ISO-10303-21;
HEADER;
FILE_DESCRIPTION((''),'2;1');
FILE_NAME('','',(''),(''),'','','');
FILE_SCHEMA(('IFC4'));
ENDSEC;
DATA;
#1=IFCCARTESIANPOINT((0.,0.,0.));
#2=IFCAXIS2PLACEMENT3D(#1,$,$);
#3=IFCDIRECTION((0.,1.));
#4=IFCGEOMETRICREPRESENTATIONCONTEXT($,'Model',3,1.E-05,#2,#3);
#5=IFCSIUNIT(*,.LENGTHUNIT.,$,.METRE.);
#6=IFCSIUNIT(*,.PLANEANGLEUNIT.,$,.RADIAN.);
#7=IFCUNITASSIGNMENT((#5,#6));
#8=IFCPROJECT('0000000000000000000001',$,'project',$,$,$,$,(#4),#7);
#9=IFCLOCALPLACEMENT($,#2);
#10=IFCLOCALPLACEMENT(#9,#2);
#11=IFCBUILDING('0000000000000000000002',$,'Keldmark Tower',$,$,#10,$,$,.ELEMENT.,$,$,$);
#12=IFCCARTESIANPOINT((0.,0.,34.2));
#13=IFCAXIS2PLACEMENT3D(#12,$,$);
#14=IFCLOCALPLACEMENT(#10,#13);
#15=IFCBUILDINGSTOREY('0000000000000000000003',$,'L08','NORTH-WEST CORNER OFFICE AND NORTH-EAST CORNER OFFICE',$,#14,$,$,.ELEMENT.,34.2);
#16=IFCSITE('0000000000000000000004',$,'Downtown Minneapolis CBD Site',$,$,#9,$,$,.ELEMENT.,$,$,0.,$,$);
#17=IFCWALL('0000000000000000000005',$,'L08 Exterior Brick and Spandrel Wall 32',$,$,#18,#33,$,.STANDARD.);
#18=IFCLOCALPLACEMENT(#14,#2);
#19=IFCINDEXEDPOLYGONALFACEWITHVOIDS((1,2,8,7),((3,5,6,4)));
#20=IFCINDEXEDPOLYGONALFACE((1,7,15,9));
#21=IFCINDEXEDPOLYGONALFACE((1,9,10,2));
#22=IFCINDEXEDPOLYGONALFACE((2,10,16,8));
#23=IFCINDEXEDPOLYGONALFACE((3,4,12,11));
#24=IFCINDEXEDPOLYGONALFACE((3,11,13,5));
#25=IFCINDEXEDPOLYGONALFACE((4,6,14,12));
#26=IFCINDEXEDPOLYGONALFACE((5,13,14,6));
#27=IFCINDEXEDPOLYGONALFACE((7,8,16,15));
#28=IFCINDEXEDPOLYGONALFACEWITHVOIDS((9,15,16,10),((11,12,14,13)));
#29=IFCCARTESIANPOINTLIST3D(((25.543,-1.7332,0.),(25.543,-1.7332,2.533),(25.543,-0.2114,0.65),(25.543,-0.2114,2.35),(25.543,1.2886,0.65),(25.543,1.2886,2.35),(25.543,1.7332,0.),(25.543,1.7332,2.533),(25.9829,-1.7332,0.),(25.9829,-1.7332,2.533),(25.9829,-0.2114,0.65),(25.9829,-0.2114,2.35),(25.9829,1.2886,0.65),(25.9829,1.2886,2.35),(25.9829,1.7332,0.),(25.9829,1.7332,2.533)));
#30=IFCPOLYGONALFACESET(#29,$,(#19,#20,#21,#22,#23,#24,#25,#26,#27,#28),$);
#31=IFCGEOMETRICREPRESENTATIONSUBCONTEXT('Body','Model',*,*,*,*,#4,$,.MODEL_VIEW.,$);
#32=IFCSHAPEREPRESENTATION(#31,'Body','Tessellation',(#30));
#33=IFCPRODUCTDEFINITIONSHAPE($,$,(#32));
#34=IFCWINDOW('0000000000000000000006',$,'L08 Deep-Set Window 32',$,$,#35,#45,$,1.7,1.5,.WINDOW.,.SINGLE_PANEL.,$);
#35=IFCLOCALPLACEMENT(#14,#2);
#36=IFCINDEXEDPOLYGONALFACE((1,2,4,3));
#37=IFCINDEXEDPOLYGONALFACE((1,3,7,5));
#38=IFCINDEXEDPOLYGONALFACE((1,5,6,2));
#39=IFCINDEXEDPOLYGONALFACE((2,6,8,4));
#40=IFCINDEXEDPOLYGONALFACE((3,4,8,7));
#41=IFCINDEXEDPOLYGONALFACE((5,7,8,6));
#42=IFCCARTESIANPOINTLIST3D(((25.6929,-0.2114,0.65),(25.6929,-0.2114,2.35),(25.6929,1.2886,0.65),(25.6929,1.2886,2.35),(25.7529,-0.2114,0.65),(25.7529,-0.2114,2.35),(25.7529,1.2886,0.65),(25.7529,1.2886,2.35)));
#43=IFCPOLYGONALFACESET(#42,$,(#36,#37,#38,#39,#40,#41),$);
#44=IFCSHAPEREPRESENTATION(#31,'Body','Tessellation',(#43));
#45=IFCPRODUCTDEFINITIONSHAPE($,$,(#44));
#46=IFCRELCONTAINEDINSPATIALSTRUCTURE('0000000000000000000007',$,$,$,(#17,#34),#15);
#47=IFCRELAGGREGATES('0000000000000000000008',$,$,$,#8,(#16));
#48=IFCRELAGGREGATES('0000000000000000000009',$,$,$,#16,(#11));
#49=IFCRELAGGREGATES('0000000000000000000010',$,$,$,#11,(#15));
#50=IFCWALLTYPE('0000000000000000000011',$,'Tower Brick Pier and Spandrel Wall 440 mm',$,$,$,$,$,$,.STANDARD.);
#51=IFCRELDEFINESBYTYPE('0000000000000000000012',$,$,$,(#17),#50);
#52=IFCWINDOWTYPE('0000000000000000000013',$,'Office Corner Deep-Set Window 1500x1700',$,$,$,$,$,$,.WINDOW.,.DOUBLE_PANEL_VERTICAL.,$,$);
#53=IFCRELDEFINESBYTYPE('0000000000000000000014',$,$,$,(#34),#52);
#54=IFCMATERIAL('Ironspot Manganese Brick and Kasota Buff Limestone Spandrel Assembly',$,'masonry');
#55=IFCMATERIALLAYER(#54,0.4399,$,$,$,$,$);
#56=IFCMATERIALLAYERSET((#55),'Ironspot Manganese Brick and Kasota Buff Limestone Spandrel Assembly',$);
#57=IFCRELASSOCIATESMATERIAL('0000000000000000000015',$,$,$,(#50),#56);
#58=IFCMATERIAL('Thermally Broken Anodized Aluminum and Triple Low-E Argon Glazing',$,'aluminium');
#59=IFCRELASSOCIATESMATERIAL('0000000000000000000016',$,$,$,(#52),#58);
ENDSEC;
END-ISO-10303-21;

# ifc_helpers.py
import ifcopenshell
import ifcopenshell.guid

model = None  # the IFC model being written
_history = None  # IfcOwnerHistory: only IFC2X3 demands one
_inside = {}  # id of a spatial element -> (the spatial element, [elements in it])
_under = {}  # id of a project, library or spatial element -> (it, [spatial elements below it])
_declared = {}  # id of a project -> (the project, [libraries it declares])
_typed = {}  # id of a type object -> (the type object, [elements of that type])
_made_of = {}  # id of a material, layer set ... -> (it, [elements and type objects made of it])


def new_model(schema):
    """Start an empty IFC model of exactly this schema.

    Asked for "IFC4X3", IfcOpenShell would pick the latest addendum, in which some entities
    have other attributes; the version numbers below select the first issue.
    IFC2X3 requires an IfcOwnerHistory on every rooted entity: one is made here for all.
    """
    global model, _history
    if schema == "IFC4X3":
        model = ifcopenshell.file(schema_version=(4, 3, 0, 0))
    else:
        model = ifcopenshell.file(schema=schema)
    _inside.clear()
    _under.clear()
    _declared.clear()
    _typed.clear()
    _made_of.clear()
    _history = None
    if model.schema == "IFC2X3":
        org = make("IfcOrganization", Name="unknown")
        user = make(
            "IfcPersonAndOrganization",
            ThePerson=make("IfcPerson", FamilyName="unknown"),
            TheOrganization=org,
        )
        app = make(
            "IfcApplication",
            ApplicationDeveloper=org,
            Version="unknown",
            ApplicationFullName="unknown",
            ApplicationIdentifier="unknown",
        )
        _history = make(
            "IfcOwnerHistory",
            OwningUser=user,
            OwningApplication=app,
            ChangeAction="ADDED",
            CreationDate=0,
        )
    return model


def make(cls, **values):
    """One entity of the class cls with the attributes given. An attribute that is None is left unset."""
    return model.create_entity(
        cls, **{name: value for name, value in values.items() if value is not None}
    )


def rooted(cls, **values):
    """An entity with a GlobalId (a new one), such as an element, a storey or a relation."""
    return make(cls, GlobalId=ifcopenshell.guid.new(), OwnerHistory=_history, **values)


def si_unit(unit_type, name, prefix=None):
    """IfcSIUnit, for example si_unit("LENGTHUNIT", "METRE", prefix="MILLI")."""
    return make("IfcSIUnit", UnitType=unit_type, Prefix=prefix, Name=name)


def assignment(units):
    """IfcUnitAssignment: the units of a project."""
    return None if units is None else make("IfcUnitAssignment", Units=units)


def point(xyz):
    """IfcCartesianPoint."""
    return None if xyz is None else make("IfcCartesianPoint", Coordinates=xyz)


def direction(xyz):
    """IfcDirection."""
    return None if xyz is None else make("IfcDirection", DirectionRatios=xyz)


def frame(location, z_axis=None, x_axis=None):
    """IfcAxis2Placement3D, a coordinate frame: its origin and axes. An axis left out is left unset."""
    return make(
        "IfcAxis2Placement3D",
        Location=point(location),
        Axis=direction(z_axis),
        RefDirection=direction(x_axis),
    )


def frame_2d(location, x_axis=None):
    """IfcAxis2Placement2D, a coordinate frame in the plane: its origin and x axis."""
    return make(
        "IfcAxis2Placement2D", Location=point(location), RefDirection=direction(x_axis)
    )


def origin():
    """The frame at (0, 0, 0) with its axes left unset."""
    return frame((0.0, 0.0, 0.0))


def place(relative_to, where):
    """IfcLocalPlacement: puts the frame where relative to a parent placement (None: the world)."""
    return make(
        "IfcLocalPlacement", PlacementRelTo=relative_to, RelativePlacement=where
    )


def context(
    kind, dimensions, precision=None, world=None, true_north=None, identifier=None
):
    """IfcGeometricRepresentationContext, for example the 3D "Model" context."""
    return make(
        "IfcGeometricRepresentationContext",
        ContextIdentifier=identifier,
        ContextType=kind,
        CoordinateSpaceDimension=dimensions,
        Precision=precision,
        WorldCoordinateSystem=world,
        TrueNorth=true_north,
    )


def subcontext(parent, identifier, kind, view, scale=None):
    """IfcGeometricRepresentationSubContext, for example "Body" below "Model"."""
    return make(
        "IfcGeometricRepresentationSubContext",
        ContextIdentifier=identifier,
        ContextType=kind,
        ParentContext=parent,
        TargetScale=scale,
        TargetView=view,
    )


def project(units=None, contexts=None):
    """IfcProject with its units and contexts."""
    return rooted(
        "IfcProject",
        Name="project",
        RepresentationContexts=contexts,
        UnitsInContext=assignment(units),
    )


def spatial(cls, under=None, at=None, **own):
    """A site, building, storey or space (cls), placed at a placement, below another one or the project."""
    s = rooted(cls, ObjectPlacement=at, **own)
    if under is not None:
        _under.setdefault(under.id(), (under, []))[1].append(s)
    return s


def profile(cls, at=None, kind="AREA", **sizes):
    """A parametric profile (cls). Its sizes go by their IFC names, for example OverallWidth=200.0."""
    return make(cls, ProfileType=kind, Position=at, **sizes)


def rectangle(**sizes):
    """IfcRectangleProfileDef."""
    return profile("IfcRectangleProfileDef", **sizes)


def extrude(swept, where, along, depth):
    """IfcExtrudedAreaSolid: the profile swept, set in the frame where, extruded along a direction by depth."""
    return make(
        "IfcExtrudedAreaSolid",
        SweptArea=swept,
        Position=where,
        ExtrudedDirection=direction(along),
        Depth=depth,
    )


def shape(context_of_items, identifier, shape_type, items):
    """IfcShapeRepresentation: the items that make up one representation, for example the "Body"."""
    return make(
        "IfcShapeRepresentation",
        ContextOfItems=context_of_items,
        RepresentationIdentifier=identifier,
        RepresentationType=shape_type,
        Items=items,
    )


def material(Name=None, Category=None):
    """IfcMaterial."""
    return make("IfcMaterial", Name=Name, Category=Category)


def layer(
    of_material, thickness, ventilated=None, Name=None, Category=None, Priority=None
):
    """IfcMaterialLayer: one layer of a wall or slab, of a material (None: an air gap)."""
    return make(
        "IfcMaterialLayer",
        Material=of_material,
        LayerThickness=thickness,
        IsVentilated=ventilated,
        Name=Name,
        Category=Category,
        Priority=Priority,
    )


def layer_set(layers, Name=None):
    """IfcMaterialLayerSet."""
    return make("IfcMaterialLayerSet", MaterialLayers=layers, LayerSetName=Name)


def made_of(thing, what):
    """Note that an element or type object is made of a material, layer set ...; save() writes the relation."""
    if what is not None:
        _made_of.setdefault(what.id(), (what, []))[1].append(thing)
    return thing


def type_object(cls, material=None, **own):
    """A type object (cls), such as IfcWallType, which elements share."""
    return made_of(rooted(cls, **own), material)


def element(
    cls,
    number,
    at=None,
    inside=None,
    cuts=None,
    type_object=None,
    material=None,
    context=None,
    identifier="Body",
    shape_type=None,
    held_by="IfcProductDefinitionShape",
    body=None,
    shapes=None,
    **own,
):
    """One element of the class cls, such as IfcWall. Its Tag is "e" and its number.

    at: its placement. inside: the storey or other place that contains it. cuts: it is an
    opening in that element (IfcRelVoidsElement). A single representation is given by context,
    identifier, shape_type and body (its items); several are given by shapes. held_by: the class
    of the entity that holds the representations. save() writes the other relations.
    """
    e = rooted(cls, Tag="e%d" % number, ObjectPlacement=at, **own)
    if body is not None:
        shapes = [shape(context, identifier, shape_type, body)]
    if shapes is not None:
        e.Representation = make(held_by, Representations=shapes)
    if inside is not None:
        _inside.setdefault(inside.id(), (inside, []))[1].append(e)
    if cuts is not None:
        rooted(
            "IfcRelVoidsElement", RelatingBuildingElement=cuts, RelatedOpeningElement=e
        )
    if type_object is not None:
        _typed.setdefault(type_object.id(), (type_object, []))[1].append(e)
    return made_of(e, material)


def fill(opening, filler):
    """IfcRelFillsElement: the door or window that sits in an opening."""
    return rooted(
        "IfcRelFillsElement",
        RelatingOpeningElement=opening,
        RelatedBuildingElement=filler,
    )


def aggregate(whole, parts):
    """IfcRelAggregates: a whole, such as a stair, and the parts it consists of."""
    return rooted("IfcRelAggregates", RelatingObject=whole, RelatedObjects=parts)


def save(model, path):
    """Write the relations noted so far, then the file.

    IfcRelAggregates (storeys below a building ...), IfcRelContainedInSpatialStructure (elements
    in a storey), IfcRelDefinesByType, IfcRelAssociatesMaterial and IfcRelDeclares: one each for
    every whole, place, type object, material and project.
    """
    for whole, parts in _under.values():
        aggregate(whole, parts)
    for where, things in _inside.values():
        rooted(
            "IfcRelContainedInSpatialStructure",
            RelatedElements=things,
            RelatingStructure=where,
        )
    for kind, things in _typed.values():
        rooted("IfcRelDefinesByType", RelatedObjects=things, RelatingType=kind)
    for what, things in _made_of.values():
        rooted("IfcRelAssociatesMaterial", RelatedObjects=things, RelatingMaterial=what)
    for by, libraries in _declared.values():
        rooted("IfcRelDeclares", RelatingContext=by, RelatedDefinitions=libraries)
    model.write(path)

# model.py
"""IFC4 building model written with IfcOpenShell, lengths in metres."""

from ifc_helpers import new_model, si_unit, direction, frame, frame_2d, origin, place, context, subcontext, project, spatial, rectangle, extrude, material, layer, layer_set, type_object, element, fill, save


model = new_model("IFC4")

# Units and contexts
model_context = context("Model", 3, precision=1e-05, world=origin(), true_north=direction((0.0, 1.0)))
body_context = subcontext(model_context, "Body", "Model", "MODEL_VIEW")
ifc_project = project(units=[si_unit("LENGTHUNIT", "METRE"), si_unit("PLANEANGLEUNIT", "RADIAN")], contexts=[model_context])

# Site, building, storey
site_placement = place(None, origin())
site = spatial("IfcSite", under=ifc_project, at=site_placement, Name="Downtown Minneapolis CBD Site", CompositionType="ELEMENT", RefElevation=0.0)
building_placement = place(site_placement, origin())
building = spatial("IfcBuilding", under=site, at=building_placement, Name="Keldmark Tower", CompositionType="ELEMENT")
storey_placement = place(building_placement, frame((0.0, 0.0, 34.2)))
storey = spatial("IfcBuildingStorey", under=building, at=storey_placement, Name="L08", Description="NORTH-WEST CORNER OFFICE AND NORTH-EAST CORNER OFFICE", CompositionType="ELEMENT", Elevation=34.2)

# Wall, opening, window
ifc_material_1 = material(Name="Ironspot Manganese Brick and Kasota Buff Limestone Spandrel Assembly", Category="masonry")
ifc_layer_1 = layer(ifc_material_1, 0.4399)
ifc_layer_set_1 = layer_set([ifc_layer_1], Name="Ironspot Manganese Brick and Kasota Buff Limestone Spandrel Assembly")
wall_type_1 = type_object("IfcWallType", Name="Tower Brick Pier and Spandrel Wall 440 mm", PredefinedType="STANDARD", material=ifc_layer_set_1)
wall_1_placement = place(storey_placement, frame((25.7629, 1.7332, 0.0), z_axis=(0.0, 0.0, 1.0), x_axis=(0.0, -1.0, 0.0)))
wall_1 = element("IfcWall", 1, at=wall_1_placement, inside=storey, type_object=wall_type_1, Name="L08 Exterior Brick and Spandrel Wall 32", PredefinedType="STANDARD", context=body_context, shape_type="SweptSolid", body=[
    extrude(rectangle(XDim=3.4663, YDim=0.4399, at=frame_2d((1.7332, 0.0))), origin(), (0.0, 0.0, 1.0), 2.533),
])
opening_1_placement = place(wall_1_placement, frame((0.4446, 0.0, 0.6499)))
opening_1 = element("IfcOpeningElement", 2, at=opening_1_placement, cuts=wall_1, PredefinedType="OPENING", context=body_context, shape_type="SweptSolid", body=[
    extrude(rectangle(XDim=1.5, YDim=1.7, at=frame_2d((0.75, 0.8501))), frame((0.0, 0.23, 0.0), z_axis=(0.0, -1.0, 0.0), x_axis=(1.0, 0.0, 0.0)), (0.0, 0.0, 1.0), 0.46),
])
ifc_material_2 = material(Name="Thermally Broken Anodized Aluminum and Triple Low-E Argon Glazing", Category="aluminium")
window_type_1 = type_object("IfcWindowType", Name="Office Corner Deep-Set Window 1500x1700", PartitioningType="DOUBLE_PANEL_VERTICAL", PredefinedType="WINDOW", material=ifc_material_2)
window_1_placement = place(opening_1_placement, origin())
window_1 = element("IfcWindow", 3, at=window_1_placement, inside=storey, type_object=window_type_1, Name="L08 Deep-Set Window 32", OverallHeight=1.7, OverallWidth=1.5, PartitioningType="SINGLE_PANEL", PredefinedType="WINDOW", context=body_context, shape_type="SweptSolid", body=[
    extrude(rectangle(XDim=1.5, YDim=1.7, at=frame_2d((0.75, 0.8501))), frame((0.0, -0.01, 0.0), z_axis=(0.0, -1.0, 0.0), x_axis=(1.0, 0.0, 0.0)), (0.0, 0.0, 1.0), 0.0601),
])
fill(opening_1, window_1)

save(model, "model.ifc")
